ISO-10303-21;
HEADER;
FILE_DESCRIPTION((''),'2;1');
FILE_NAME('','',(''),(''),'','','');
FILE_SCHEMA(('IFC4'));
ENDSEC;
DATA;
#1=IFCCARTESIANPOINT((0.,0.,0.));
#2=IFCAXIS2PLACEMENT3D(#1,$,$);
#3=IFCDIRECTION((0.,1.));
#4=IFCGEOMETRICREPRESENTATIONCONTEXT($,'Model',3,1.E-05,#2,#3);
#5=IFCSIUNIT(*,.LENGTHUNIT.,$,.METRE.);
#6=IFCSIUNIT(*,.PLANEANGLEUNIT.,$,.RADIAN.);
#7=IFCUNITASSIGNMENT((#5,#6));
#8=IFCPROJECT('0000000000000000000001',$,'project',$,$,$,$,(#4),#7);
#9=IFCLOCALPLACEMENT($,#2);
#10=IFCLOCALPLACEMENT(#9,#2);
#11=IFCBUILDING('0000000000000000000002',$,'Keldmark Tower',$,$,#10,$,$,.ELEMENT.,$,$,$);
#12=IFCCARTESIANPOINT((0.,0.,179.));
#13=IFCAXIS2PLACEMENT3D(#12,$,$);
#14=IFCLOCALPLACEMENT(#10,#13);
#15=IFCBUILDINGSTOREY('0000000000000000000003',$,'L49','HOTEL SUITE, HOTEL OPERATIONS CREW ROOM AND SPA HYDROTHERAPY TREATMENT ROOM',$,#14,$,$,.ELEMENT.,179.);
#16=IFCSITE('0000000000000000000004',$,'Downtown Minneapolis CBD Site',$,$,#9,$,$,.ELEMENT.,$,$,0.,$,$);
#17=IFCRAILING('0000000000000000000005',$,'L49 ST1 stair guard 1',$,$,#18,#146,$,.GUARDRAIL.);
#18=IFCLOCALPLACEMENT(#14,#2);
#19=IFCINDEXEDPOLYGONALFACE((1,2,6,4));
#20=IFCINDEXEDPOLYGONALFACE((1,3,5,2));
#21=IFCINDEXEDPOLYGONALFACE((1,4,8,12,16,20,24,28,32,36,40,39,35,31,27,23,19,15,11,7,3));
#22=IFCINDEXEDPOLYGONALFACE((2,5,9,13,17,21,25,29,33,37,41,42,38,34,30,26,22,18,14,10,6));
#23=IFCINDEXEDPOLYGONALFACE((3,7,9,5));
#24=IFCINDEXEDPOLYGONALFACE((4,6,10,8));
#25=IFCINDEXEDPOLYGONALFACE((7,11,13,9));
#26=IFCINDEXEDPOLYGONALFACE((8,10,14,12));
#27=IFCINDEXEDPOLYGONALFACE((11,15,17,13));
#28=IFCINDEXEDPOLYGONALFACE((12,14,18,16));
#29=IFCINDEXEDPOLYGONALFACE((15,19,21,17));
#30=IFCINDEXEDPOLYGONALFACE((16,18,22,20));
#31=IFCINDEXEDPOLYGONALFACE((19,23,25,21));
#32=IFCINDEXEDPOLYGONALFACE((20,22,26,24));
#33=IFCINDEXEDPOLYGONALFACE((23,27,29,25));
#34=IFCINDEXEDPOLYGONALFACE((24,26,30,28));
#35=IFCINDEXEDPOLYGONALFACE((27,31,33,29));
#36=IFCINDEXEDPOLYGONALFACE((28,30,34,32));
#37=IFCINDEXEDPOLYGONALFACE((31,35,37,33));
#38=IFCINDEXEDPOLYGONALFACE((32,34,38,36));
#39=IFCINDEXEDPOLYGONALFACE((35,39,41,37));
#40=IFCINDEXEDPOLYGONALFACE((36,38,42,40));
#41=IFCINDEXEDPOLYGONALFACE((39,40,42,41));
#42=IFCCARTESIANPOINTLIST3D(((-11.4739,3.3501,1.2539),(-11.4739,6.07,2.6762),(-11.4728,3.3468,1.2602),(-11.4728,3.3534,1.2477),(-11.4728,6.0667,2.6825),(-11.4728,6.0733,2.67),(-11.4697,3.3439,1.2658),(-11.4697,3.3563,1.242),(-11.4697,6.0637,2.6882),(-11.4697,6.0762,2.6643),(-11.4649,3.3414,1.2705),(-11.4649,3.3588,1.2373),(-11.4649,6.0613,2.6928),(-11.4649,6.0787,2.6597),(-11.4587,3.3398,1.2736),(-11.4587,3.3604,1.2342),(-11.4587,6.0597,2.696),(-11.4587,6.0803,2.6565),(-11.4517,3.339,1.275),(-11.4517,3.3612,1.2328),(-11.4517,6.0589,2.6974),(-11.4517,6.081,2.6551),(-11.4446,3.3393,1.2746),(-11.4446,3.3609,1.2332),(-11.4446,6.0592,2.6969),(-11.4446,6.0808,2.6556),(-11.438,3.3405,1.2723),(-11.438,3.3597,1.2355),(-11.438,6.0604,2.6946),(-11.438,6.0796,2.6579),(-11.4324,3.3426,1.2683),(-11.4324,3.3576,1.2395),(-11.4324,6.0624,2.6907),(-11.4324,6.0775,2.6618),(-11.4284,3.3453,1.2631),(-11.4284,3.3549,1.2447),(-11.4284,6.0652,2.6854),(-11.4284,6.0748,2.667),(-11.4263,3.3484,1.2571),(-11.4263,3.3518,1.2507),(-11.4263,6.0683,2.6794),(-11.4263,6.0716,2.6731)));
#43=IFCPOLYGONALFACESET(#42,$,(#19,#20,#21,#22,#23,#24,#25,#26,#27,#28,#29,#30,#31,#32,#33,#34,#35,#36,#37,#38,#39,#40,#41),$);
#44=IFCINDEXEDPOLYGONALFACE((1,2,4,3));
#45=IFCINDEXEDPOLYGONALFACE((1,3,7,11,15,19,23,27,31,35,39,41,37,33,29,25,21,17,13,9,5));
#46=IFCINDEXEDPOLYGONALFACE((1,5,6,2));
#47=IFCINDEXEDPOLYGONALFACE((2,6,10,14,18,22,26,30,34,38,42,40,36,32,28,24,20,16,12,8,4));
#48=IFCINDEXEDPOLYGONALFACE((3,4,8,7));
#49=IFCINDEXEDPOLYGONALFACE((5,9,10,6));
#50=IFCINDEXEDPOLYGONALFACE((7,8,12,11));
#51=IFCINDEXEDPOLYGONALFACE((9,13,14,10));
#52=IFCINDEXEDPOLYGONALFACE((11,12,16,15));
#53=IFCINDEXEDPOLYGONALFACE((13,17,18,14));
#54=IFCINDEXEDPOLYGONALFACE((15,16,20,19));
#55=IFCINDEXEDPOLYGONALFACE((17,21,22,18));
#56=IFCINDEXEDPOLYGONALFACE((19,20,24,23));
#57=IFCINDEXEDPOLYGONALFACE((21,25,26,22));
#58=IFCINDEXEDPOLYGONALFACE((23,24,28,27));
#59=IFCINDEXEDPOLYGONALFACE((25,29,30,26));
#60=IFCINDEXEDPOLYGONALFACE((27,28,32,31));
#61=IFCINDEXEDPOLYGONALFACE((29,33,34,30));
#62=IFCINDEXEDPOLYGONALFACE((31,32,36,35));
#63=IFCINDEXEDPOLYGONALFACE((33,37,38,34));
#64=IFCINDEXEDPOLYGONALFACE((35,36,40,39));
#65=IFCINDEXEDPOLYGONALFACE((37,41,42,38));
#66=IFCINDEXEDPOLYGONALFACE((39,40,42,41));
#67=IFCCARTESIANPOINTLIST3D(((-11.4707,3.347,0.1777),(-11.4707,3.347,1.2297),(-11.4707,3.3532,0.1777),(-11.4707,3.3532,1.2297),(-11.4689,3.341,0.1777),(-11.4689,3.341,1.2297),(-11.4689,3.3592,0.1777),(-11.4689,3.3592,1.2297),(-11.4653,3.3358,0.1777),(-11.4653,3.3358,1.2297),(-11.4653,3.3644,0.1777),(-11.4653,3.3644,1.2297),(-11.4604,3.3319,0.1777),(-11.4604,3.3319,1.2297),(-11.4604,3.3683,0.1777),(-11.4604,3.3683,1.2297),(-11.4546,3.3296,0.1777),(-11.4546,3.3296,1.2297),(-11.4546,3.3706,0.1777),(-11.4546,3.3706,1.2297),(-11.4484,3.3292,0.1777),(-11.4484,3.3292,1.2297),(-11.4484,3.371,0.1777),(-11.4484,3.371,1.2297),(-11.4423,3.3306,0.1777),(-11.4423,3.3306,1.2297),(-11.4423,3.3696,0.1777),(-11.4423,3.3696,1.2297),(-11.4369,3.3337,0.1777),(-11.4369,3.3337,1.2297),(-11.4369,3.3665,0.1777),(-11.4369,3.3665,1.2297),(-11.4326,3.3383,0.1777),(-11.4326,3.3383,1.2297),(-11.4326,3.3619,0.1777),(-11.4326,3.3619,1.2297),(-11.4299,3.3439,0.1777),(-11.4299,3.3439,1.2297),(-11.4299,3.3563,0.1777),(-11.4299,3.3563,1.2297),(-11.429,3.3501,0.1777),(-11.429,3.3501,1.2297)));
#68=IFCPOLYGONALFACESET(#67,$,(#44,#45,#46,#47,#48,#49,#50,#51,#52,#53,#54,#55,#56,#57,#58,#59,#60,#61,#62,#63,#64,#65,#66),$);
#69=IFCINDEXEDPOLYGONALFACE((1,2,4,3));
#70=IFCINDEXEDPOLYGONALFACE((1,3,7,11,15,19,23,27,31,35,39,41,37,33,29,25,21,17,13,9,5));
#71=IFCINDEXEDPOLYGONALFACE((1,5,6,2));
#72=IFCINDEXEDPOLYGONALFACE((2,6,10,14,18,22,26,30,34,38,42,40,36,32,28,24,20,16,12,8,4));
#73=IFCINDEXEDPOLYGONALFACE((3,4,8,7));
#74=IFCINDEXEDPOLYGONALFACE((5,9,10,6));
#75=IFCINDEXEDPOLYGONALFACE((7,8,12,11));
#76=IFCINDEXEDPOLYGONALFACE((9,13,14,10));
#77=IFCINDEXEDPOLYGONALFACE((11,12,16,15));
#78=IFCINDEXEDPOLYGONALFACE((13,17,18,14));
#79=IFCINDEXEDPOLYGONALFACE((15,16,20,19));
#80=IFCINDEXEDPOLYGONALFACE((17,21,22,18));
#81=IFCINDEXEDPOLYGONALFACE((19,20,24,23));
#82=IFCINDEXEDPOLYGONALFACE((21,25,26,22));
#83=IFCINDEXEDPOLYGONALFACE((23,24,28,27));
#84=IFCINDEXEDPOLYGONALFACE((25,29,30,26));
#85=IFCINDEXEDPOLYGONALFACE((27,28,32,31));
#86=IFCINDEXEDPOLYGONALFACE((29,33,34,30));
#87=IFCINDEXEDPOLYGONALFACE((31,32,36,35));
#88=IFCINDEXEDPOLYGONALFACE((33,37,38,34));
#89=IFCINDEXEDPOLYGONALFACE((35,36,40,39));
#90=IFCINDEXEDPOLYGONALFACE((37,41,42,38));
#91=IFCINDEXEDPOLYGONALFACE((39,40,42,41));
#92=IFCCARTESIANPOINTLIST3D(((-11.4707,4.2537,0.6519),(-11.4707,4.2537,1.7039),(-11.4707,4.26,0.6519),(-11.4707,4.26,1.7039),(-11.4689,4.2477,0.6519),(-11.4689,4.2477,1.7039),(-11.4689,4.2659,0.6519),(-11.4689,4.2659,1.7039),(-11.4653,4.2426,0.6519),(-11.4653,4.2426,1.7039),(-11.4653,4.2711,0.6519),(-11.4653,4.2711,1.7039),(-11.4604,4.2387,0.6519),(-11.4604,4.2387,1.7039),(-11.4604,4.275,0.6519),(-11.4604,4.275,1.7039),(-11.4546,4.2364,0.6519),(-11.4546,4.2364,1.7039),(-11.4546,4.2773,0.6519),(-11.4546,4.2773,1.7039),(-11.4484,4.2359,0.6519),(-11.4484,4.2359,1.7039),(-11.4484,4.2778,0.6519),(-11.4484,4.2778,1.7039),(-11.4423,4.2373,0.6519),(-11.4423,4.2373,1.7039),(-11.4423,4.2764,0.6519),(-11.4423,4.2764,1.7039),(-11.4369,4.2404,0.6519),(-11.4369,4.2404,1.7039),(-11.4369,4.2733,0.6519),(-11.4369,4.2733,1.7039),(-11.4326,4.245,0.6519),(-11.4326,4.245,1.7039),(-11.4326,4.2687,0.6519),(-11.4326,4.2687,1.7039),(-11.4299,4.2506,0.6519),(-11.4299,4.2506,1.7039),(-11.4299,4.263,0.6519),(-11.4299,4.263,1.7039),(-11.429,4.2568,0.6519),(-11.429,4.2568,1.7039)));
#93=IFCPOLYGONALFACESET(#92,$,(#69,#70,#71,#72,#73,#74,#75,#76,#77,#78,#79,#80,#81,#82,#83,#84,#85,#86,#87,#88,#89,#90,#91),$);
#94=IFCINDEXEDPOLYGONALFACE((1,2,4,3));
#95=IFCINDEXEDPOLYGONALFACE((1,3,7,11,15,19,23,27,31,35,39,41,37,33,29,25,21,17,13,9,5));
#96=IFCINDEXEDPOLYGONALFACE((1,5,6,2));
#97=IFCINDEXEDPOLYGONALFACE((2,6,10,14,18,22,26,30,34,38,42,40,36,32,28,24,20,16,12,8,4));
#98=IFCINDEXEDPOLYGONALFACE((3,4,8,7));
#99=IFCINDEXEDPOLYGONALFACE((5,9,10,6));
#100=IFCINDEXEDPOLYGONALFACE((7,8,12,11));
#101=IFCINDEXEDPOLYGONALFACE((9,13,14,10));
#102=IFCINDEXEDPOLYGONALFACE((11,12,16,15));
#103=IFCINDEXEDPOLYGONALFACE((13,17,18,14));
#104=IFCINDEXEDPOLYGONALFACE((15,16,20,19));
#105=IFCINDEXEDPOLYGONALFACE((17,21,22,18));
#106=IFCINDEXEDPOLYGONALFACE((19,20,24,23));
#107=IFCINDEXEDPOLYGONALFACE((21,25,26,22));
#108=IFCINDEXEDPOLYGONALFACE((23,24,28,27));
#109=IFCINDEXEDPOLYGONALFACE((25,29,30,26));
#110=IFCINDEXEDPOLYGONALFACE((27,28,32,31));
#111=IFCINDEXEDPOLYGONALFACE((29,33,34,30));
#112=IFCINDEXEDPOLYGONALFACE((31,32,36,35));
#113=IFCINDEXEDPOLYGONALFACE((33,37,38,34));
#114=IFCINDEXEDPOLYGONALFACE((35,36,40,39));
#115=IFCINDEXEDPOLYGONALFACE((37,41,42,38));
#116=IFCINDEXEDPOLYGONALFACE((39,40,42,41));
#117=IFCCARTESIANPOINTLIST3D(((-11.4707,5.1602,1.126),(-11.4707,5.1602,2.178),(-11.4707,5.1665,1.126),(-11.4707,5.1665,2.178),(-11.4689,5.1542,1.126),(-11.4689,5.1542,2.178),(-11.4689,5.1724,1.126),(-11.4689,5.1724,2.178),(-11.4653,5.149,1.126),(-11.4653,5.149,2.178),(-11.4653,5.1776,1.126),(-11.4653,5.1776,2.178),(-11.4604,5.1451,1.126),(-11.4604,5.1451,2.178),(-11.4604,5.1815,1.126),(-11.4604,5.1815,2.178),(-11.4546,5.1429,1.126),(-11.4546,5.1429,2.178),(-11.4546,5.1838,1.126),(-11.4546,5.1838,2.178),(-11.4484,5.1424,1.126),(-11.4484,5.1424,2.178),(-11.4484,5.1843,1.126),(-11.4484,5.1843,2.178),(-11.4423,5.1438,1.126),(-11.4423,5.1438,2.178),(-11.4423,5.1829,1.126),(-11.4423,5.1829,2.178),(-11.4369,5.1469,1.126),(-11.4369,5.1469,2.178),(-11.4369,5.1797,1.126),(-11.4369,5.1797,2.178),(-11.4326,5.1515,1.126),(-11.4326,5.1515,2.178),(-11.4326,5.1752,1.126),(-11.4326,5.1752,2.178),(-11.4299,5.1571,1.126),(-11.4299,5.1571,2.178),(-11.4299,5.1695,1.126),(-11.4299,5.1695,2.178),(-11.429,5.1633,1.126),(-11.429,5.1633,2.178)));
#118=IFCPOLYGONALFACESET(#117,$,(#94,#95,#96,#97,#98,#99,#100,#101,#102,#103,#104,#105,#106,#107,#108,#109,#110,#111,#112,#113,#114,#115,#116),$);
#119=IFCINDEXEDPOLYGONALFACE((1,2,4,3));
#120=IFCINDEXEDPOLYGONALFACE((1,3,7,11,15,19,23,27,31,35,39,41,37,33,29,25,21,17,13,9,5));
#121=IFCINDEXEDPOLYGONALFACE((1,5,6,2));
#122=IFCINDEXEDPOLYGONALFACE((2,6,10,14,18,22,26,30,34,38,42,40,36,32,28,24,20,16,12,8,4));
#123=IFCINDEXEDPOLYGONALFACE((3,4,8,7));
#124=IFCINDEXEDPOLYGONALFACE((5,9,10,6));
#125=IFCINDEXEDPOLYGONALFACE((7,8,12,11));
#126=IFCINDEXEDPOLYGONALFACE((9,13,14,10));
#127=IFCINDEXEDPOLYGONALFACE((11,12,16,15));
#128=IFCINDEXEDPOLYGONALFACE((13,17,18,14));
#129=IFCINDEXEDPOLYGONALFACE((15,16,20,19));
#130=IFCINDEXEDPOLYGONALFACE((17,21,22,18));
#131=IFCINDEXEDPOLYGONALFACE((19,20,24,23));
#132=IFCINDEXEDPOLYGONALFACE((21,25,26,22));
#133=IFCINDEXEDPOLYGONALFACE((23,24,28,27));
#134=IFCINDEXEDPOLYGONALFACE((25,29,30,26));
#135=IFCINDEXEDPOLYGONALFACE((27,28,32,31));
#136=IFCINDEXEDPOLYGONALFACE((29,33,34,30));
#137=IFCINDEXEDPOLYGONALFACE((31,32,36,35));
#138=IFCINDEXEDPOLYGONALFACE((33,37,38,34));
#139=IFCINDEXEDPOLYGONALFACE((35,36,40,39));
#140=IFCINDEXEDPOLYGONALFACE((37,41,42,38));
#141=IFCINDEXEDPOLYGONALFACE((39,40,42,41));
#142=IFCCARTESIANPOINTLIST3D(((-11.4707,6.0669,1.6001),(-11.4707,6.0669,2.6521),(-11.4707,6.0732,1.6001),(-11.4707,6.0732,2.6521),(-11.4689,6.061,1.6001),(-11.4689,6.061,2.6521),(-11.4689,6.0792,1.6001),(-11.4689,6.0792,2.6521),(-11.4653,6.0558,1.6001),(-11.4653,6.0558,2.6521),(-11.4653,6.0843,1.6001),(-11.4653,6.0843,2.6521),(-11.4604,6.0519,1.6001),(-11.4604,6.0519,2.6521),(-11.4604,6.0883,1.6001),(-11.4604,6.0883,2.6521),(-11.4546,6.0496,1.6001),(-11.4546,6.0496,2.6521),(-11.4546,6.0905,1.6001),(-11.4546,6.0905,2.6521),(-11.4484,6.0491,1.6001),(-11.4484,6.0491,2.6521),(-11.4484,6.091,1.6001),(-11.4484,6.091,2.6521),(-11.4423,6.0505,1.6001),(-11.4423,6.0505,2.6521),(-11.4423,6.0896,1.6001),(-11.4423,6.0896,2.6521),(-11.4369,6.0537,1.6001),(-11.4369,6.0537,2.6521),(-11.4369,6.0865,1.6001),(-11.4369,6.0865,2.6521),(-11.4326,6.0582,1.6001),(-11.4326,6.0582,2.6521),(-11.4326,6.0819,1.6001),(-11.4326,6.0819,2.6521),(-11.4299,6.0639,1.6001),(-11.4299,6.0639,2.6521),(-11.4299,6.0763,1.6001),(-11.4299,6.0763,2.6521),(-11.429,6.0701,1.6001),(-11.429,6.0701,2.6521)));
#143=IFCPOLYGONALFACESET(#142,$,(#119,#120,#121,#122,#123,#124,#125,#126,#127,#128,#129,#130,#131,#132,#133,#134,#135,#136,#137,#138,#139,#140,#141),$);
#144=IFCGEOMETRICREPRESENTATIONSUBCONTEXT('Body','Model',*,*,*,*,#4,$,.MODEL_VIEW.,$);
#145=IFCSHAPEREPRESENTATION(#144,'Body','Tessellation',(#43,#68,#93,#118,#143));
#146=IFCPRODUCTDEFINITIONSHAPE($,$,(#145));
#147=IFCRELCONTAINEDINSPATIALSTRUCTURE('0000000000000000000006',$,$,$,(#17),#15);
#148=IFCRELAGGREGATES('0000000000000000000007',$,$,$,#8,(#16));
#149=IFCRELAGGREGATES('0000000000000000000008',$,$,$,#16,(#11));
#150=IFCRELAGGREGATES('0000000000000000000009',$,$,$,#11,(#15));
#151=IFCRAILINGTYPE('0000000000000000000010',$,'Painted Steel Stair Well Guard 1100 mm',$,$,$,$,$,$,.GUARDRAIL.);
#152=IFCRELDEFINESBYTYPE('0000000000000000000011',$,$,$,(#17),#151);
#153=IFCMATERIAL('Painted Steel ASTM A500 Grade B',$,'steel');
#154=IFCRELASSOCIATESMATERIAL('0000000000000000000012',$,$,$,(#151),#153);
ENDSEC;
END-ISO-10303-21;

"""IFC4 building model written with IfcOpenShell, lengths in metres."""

from ifc_helpers import new_model, si_unit, direction, frame, origin, origin_2d, place, context, subcontext, project, spatial, circle, extrude, material, type_object, element, save


model = new_model("IFC4")

# Units and contexts
model_context = context("Model", 3, precision=1e-05, world=origin(), true_north=direction((0.0, 1.0)))
body_context = subcontext(model_context, "Body", "Model", "MODEL_VIEW")
ifc_project = project(units=[si_unit("LENGTHUNIT", "METRE"), si_unit("PLANEANGLEUNIT", "RADIAN")], contexts=[model_context])

# Site, building, storey
site_placement = place(None, origin())
site = spatial("IfcSite", under=ifc_project, at=site_placement, Name="Downtown Minneapolis CBD Site", CompositionType="ELEMENT", RefElevation=0.0)
building_placement = place(site_placement, origin())
building = spatial("IfcBuilding", under=site, at=building_placement, Name="Keldmark Tower", CompositionType="ELEMENT")
storey_placement = place(building_placement, frame((0.0, 0.0, 179.0)))
storey = spatial("IfcBuildingStorey", under=building, at=storey_placement, Name="L49", Description="HOTEL SUITE, HOTEL OPERATIONS CREW ROOM AND SPA HYDROTHERAPY TREATMENT ROOM", CompositionType="ELEMENT", Elevation=179.0)

# Railing
ifc_material_1 = material(Name="Painted Steel ASTM A500 Grade B", Category="steel")
railing_type_1 = type_object("IfcRailingType", Name="Painted Steel Stair Well Guard 1100 mm", PredefinedType="GUARDRAIL", material=ifc_material_1)
railing_1_placement = place(storey_placement, frame((-11.45, 3.3501, 0.1777)))
element("IfcRailing", 1, at=railing_1_placement, inside=storey, type_object=railing_type_1, Name="L49 ST1 stair guard 1", PredefinedType="GUARDRAIL", context=body_context, shape_type="SweptSolid", body=[
    extrude(circle(Radius=0.0239, at=origin_2d()), frame((0.0, 0.0, 1.0762), z_axis=(0.0, 0.88615, 0.463398), x_axis=(-1.0, 0.0, 0.0)), (0.0, 0.0, 1.0), 3.0693),
    extrude(circle(Radius=0.021, at=origin_2d()), origin(), (0.0, 0.0, 1.0), 1.052),
    extrude(circle(Radius=0.021, at=origin_2d()), frame((0.0, 0.9067, 0.4741)), (0.0, 0.0, 1.0), 1.052),
    extrude(circle(Radius=0.021, at=origin_2d()), frame((0.0, 1.8132, 0.9482)), (0.0, 0.0, 1.0), 1.052),
    extrude(circle(Radius=0.021, at=origin_2d()), frame((0.0, 2.72, 1.4224)), (0.0, 0.0, 1.0), 1.052),
])

save(model, "model.ifc")
